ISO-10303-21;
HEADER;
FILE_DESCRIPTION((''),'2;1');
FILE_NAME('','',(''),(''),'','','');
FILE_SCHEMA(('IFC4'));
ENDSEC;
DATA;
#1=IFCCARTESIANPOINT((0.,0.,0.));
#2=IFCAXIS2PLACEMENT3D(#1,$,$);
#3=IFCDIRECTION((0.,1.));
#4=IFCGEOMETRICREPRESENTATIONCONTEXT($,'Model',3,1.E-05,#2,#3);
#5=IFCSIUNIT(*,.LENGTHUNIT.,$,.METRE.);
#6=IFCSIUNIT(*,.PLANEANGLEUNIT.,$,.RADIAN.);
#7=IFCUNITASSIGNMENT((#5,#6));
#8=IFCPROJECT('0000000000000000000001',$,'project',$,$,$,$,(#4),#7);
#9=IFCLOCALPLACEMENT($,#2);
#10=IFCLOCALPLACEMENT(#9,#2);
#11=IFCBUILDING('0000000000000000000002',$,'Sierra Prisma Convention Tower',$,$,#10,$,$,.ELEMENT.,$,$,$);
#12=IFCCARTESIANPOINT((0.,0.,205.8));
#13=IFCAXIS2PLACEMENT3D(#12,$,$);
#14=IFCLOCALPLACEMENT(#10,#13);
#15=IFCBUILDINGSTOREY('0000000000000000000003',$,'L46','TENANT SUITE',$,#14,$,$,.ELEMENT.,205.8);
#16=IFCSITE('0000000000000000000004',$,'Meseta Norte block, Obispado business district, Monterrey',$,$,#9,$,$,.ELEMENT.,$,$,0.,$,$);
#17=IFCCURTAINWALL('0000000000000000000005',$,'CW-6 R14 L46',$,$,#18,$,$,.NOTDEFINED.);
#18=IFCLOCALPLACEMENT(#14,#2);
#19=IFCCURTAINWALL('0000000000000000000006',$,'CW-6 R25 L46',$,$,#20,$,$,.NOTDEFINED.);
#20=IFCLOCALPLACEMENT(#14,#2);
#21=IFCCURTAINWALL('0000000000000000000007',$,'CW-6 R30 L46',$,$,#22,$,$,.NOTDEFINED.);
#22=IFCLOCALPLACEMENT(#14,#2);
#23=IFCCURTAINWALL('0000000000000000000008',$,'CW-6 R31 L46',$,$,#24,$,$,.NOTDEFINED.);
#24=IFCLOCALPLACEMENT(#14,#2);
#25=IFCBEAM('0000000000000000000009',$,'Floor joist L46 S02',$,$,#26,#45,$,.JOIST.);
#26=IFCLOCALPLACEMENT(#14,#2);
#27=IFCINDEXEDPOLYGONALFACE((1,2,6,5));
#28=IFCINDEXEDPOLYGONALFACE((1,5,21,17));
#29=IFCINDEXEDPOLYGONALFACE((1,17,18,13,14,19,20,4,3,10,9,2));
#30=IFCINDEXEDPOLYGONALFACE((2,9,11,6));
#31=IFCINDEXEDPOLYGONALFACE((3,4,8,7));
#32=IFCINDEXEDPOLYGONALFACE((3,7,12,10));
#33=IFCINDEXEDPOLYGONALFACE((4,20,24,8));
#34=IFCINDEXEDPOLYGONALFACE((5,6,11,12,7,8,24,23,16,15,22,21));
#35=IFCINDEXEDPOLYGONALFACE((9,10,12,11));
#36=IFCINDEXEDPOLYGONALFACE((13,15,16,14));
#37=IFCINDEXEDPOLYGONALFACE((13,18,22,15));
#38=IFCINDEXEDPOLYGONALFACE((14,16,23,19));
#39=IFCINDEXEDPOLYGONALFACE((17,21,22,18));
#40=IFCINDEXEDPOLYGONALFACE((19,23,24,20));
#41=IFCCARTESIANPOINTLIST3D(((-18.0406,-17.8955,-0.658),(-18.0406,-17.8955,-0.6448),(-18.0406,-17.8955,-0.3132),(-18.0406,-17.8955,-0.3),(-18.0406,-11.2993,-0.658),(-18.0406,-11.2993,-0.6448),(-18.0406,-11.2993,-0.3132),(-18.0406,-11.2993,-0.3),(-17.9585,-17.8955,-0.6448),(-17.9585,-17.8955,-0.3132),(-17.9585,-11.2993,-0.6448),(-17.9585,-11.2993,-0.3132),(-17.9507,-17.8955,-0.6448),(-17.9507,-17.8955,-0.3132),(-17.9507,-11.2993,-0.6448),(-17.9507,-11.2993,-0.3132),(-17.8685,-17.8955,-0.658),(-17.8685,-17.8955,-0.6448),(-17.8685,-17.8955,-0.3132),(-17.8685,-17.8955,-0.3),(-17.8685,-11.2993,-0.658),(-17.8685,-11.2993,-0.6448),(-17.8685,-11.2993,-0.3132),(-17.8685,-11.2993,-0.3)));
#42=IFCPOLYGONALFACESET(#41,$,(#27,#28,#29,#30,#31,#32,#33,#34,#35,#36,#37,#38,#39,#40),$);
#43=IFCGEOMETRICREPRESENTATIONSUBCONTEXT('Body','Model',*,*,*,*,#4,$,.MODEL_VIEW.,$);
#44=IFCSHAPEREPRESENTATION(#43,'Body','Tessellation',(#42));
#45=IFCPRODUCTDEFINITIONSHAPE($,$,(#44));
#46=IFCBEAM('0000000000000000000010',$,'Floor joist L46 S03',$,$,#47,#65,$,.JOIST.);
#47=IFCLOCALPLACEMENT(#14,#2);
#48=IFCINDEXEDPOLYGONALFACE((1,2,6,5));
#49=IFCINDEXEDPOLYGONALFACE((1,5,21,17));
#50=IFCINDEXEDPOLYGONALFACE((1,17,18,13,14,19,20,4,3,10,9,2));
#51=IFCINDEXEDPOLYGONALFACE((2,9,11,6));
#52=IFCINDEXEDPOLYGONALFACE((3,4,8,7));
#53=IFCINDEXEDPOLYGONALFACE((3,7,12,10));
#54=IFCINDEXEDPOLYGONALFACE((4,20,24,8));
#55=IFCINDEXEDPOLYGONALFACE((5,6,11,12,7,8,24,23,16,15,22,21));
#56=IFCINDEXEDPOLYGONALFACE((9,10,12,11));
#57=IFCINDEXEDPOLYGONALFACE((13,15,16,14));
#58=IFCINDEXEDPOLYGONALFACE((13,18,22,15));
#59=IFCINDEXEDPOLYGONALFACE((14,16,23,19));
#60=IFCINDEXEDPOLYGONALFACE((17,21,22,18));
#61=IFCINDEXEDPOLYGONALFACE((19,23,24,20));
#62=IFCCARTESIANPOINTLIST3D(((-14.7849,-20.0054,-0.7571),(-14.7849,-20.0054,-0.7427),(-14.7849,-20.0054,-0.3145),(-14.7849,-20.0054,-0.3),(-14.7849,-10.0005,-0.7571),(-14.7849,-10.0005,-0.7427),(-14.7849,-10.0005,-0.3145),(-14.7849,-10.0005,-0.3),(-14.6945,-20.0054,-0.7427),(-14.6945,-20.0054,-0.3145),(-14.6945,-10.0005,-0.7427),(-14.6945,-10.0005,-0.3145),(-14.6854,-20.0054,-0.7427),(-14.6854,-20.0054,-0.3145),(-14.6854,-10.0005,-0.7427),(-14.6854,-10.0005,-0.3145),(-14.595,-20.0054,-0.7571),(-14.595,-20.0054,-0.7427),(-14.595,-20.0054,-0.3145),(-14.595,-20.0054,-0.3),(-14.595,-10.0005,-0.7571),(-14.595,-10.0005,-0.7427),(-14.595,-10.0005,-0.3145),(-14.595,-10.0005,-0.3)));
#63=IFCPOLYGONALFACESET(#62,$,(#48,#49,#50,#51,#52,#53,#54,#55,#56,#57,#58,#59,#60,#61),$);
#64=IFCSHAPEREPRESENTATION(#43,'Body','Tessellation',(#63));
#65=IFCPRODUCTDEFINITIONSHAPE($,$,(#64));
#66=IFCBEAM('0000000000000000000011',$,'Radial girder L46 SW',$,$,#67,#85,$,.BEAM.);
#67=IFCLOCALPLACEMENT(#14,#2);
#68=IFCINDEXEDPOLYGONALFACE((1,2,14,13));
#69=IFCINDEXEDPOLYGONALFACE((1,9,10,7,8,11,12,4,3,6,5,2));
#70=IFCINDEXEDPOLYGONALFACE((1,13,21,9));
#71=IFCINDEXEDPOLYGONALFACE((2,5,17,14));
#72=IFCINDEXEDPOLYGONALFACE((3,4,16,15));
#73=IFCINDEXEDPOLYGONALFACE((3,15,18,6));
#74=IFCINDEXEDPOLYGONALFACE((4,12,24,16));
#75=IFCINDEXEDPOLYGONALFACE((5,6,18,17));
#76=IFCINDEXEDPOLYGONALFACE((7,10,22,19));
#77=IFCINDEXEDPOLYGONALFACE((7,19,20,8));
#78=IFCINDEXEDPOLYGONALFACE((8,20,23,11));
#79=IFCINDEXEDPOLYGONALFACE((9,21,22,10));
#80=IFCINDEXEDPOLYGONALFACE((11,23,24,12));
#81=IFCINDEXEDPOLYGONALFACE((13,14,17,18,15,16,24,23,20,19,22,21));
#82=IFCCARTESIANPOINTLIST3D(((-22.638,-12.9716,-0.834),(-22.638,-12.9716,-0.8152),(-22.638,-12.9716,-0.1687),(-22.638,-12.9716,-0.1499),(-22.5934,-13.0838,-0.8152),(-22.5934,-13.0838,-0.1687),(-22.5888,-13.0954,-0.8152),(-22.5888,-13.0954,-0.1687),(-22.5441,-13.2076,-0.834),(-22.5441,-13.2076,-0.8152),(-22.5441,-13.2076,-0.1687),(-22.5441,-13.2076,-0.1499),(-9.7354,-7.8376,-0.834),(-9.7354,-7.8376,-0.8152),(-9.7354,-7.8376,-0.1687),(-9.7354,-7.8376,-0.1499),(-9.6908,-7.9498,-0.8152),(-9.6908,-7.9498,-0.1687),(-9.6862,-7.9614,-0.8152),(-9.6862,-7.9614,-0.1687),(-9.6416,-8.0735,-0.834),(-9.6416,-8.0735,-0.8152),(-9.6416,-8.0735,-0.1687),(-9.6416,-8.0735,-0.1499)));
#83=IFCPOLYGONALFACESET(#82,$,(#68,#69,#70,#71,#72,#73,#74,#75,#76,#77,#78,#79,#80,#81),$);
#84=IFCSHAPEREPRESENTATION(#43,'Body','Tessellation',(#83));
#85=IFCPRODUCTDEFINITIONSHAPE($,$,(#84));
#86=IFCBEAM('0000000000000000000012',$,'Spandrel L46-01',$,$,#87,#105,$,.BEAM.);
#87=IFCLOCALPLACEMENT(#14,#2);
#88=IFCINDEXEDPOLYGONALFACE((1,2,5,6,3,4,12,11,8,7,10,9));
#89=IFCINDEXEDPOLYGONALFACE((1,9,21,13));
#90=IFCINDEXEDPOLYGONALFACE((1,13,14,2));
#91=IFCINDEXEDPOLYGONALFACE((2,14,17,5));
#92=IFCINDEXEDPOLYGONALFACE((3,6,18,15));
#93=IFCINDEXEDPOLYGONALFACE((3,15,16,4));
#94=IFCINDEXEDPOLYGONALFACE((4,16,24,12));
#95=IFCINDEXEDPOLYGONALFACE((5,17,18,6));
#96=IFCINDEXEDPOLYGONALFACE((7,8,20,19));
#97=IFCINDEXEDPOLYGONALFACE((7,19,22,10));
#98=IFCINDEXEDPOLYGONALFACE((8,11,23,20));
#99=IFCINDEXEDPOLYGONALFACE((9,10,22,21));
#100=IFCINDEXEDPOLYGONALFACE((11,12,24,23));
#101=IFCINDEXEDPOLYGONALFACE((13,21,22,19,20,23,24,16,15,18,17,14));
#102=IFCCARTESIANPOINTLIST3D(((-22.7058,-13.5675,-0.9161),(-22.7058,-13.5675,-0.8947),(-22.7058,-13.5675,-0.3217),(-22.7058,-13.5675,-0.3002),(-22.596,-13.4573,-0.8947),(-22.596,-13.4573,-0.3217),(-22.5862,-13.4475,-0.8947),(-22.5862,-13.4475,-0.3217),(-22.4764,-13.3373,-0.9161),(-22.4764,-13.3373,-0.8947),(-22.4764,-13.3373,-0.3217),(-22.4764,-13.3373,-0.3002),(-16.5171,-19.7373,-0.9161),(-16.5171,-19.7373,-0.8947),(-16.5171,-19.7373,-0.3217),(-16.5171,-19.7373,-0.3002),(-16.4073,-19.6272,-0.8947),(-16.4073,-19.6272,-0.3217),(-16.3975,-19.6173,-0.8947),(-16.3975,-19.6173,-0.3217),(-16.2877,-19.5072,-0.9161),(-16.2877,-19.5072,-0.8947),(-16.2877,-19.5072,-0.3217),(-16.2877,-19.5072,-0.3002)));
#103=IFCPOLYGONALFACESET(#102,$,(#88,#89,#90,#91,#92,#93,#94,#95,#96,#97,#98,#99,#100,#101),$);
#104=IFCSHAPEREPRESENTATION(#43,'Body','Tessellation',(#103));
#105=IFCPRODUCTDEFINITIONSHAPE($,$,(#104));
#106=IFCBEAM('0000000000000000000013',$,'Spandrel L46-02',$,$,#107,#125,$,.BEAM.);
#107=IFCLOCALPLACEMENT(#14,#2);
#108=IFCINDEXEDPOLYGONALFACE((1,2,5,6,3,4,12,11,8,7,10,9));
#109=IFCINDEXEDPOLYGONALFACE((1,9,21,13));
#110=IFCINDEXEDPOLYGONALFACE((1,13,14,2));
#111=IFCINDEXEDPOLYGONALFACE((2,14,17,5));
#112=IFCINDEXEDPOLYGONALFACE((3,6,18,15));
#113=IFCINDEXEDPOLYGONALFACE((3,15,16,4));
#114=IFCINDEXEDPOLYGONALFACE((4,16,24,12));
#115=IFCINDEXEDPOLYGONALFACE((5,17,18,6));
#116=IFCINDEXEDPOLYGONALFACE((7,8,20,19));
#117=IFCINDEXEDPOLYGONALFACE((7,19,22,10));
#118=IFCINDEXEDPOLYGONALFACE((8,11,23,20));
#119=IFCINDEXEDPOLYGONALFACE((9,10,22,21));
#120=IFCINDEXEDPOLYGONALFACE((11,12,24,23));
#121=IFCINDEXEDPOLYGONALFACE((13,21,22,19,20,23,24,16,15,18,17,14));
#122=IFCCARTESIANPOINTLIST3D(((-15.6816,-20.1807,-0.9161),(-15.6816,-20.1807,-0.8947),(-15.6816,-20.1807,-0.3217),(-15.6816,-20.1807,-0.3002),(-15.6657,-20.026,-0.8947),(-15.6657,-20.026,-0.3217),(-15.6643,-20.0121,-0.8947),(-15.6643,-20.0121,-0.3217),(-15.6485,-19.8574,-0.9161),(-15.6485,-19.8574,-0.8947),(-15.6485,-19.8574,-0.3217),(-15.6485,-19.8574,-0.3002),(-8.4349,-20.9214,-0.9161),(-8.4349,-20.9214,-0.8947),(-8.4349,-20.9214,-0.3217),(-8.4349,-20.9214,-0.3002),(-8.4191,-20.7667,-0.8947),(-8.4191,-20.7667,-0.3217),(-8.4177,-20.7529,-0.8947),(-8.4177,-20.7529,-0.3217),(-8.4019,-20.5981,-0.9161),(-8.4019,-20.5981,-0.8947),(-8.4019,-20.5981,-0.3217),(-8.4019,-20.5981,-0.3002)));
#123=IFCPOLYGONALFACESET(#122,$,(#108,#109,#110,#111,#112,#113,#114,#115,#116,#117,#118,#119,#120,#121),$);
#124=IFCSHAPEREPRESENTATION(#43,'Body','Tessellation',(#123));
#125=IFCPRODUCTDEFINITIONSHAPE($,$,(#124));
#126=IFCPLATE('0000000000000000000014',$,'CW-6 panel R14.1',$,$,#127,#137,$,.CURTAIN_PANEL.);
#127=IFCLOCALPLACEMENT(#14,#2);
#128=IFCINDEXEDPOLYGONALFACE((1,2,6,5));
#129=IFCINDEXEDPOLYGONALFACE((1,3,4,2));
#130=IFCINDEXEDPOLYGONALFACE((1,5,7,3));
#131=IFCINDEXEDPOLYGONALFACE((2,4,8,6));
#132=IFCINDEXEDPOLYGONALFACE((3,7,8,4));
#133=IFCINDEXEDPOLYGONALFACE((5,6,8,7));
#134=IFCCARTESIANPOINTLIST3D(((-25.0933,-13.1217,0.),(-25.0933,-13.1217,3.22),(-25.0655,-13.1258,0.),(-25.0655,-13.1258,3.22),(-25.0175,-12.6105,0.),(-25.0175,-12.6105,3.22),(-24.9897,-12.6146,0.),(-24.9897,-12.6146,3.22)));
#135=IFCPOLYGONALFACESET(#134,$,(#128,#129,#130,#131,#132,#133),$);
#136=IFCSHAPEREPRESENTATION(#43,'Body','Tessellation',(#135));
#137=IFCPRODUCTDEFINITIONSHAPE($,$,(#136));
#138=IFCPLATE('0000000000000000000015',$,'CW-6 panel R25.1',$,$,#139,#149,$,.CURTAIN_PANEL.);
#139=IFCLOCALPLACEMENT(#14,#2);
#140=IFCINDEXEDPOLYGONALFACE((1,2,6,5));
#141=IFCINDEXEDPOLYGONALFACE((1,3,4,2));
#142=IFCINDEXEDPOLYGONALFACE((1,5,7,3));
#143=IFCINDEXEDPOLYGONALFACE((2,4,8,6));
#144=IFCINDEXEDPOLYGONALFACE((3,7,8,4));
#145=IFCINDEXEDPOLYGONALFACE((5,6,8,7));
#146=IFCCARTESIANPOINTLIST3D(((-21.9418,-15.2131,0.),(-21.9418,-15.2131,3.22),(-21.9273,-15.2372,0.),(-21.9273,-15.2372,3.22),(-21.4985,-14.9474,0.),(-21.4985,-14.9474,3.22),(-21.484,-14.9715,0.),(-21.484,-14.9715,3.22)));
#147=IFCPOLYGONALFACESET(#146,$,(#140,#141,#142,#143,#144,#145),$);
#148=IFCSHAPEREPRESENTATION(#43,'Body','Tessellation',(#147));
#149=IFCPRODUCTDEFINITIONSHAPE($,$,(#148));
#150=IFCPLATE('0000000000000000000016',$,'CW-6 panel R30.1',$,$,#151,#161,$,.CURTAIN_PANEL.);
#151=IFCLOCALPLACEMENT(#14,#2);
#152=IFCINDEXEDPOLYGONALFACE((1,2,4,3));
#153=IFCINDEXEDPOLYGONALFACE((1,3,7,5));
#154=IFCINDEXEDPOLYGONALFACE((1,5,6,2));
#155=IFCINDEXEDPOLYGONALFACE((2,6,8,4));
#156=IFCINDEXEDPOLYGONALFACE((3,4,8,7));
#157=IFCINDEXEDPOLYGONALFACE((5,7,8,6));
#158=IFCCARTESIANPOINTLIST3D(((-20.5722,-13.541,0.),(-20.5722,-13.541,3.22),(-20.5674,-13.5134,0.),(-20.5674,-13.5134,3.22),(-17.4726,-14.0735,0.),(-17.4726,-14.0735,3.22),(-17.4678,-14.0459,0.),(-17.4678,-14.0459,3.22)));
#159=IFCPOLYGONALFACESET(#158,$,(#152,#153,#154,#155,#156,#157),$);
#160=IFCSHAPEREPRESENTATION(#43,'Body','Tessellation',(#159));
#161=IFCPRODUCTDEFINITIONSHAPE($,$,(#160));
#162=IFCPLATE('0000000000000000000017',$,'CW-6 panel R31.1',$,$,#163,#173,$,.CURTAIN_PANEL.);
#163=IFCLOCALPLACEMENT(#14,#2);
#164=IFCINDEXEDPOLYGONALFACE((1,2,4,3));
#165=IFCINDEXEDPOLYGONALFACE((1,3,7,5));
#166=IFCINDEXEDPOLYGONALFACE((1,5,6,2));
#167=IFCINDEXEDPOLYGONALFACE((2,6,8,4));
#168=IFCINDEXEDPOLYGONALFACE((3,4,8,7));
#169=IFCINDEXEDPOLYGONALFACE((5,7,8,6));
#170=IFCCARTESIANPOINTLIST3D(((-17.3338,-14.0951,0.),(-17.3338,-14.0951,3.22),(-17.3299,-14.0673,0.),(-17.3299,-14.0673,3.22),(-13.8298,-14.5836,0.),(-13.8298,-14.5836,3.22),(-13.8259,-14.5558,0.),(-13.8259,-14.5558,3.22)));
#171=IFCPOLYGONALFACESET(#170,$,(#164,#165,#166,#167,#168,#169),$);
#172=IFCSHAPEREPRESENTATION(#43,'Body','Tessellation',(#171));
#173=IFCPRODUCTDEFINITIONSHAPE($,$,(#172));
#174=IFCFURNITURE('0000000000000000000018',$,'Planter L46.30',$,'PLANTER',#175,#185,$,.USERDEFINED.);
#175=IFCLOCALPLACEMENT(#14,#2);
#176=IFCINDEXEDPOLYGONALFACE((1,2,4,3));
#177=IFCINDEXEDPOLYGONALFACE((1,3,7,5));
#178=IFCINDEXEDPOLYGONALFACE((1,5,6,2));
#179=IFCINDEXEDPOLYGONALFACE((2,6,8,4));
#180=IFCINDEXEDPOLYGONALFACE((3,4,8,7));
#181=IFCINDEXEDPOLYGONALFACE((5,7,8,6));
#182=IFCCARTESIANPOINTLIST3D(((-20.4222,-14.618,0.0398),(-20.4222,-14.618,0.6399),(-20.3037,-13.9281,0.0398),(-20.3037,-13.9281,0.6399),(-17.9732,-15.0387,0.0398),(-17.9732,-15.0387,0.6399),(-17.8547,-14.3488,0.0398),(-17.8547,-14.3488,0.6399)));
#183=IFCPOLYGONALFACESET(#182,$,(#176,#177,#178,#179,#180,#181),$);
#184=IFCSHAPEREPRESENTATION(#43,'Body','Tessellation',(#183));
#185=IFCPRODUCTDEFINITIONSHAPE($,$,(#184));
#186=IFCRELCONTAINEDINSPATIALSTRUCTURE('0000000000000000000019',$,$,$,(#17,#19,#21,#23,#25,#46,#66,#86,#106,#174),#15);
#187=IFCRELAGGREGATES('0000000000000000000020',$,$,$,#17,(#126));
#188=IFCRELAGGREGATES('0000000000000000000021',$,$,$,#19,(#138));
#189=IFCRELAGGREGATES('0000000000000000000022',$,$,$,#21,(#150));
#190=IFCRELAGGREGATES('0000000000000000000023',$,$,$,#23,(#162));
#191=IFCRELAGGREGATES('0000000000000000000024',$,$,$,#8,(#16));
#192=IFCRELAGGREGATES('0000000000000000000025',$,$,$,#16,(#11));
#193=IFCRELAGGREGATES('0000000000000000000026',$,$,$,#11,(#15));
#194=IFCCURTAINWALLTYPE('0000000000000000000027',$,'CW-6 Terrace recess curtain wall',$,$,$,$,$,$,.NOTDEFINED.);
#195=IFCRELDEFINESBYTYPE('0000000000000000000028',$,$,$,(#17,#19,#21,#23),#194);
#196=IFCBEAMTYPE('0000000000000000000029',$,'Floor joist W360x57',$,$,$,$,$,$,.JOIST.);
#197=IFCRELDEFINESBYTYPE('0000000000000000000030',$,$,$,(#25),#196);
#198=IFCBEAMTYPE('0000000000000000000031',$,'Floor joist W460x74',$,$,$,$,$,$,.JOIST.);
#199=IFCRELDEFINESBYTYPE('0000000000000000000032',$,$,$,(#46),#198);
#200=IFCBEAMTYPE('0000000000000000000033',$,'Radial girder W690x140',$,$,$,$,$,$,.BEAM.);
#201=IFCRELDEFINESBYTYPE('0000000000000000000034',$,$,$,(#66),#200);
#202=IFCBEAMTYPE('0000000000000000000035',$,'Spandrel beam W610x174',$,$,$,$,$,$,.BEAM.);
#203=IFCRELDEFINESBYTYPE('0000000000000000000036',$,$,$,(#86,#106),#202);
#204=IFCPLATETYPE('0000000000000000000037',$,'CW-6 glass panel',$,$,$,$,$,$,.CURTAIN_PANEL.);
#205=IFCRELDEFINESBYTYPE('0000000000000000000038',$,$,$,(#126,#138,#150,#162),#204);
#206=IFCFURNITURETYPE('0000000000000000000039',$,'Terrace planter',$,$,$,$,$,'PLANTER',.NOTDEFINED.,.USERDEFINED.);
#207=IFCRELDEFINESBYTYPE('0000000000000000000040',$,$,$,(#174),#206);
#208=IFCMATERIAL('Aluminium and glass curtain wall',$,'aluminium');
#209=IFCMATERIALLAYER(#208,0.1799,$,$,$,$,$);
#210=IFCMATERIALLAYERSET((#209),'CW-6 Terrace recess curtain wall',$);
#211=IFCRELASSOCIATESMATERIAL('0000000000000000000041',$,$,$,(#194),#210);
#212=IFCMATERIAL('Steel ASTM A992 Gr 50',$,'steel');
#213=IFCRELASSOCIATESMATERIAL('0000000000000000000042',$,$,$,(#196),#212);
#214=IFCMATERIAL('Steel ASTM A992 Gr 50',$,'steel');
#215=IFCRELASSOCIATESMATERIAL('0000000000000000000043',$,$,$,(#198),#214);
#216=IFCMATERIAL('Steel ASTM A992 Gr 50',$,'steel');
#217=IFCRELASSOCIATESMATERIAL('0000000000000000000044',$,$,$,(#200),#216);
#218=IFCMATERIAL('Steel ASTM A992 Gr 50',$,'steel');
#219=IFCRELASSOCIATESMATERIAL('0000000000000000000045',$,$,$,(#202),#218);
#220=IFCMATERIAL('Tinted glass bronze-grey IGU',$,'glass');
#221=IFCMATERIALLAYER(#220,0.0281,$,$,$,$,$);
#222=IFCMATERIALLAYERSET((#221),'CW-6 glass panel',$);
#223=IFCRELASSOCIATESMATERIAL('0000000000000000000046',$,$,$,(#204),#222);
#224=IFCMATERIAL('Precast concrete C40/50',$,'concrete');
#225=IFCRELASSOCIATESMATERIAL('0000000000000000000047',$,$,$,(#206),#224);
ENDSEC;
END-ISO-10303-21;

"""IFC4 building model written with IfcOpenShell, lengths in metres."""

from ifc_helpers import new_model, si_unit, direction, frame, origin, origin_2d, place, context, subcontext, project, spatial, rectangle, i_section, extrude, material, layer, layer_set, material_profile, profile_set, type_object, element, aggregate, save


model = new_model("IFC4")

# Units and contexts
model_context = context("Model", 3, precision=1e-05, world=origin(), true_north=direction((0.0, 1.0)))
body_context = subcontext(model_context, "Body", "Model", "MODEL_VIEW")
ifc_project = project(units=[si_unit("LENGTHUNIT", "METRE"), si_unit("PLANEANGLEUNIT", "RADIAN")], contexts=[model_context])

# Site, building, storey
site_placement = place(None, origin())
site = spatial("IfcSite", under=ifc_project, at=site_placement, Name="Meseta Norte block, Obispado business district, Monterrey", CompositionType="ELEMENT", RefElevation=0.0)
building_placement = place(site_placement, origin())
building = spatial("IfcBuilding", under=site, at=building_placement, Name="Sierra Prisma Convention Tower", CompositionType="ELEMENT")
storey_placement = place(building_placement, frame((0.0, 0.0, 205.8)))
storey = spatial("IfcBuildingStorey", under=building, at=storey_placement, Name="L46", Description="TENANT SUITE", CompositionType="ELEMENT", Elevation=205.8)

# Curtain walls
ifc_material_1 = material(Name="Aluminium and glass curtain wall", Category="aluminium")
ifc_layer_1 = layer(ifc_material_1, 0.1799)
ifc_layer_set_1 = layer_set([ifc_layer_1], Name="CW-6 Terrace recess curtain wall")
curtain_wall_type = type_object("IfcCurtainWallType", Name="CW-6 Terrace recess curtain wall", PredefinedType="NOTDEFINED", material=ifc_layer_set_1)
curtain_wall_1_placement = place(storey_placement, origin())
curtain_wall_1 = element("IfcCurtainWall", 1, at=curtain_wall_1_placement, inside=storey, type_object=curtain_wall_type, Name="CW-6 R14 L46", PredefinedType="NOTDEFINED")
curtain_wall_2_placement = place(storey_placement, origin())
curtain_wall_2 = element("IfcCurtainWall", 2, at=curtain_wall_2_placement, inside=storey, type_object=curtain_wall_type, Name="CW-6 R25 L46", PredefinedType="NOTDEFINED")
curtain_wall_3_placement = place(storey_placement, origin())
curtain_wall_3 = element("IfcCurtainWall", 3, at=curtain_wall_3_placement, inside=storey, type_object=curtain_wall_type, Name="CW-6 R30 L46", PredefinedType="NOTDEFINED")
curtain_wall_4_placement = place(storey_placement, origin())
curtain_wall_4 = element("IfcCurtainWall", 4, at=curtain_wall_4_placement, inside=storey, type_object=curtain_wall_type, Name="CW-6 R31 L46", PredefinedType="NOTDEFINED")

# Beams
ifc_material_2 = material(Name="Steel ASTM A992 Gr 50", Category="steel")
ifc_material_profile_1 = material_profile(ifc_material_2, i_section(OverallWidth=0.1721, OverallDepth=0.3579, WebThickness=0.0078, FlangeThickness=0.0132, at=origin_2d()), Name="W360x57")
ifc_profile_set_1 = profile_set([ifc_material_profile_1], Name="Steel ASTM A992 Gr 50")
beam_type_1 = type_object("IfcBeamType", Name="Floor joist W360x57", PredefinedType="JOIST", material=ifc_profile_set_1)
beam_1_placement = place(storey_placement, frame((-17.9546, -17.8955, -0.479), z_axis=(0.0, 1.0, 0.0), x_axis=(-1.0, 0.0, 0.0)))
element("IfcBeam", 5, at=beam_1_placement, inside=storey, type_object=beam_type_1, Name="Floor joist L46 S02", PredefinedType="JOIST", context=body_context, shape_type="SweptSolid", body=[
    extrude(i_section(OverallWidth=0.1721, OverallDepth=0.3579, WebThickness=0.0078, FlangeThickness=0.0132, at=origin_2d()), origin(), (0.0, 0.0, 1.0), 6.5962),
])
ifc_material_3 = material(Name="Steel ASTM A992 Gr 50", Category="steel")
ifc_material_profile_2 = material_profile(ifc_material_3, i_section(OverallWidth=0.1899, OverallDepth=0.457, WebThickness=0.009, FlangeThickness=0.0144, at=origin_2d()), Name="W460x74")
ifc_profile_set_2 = profile_set([ifc_material_profile_2], Name="Steel ASTM A992 Gr 50")
beam_type_2 = type_object("IfcBeamType", Name="Floor joist W460x74", PredefinedType="JOIST", material=ifc_profile_set_2)
beam_2_placement = place(storey_placement, frame((-14.6899, -20.0054, -0.5286), z_axis=(0.0, 1.0, 0.0), x_axis=(-1.0, 0.0, 0.0)))
element("IfcBeam", 6, at=beam_2_placement, inside=storey, type_object=beam_type_2, Name="Floor joist L46 S03", PredefinedType="JOIST", context=body_context, shape_type="SweptSolid", body=[
    extrude(i_section(OverallWidth=0.1899, OverallDepth=0.457, WebThickness=0.009, FlangeThickness=0.0144, at=origin_2d()), origin(), (0.0, 0.0, 1.0), 10.0049),
])
ifc_material_4 = material(Name="Steel ASTM A992 Gr 50", Category="steel")
ifc_material_profile_3 = material_profile(ifc_material_4, i_section(OverallWidth=0.2539, OverallDepth=0.6841, WebThickness=0.0125, FlangeThickness=0.0188, at=origin_2d()), Name="W690x140")
ifc_profile_set_3 = profile_set([ifc_material_profile_3], Name="Steel ASTM A992 Gr 50")
beam_type_3 = type_object("IfcBeamType", Name="Radial girder W690x140", PredefinedType="BEAM", material=ifc_profile_set_3)
beam_3_placement = place(storey_placement, frame((-22.5911, -13.0896, -0.4919), z_axis=(0.929146, 0.369714, 0.0), x_axis=(-0.369714, 0.929146, 0.0)))
element("IfcBeam", 7, at=beam_3_placement, inside=storey, type_object=beam_type_3, Name="Radial girder L46 SW", PredefinedType="BEAM", context=body_context, shape_type="SweptSolid", body=[
    extrude(i_section(OverallWidth=0.2539, OverallDepth=0.6841, WebThickness=0.0125, FlangeThickness=0.0188, at=origin_2d()), origin(), (0.0, 0.0, 1.0), 13.8865),
])
ifc_material_5 = material(Name="Steel ASTM A992 Gr 50", Category="steel")
ifc_material_profile_4 = material_profile(ifc_material_5, i_section(OverallWidth=0.325, OverallDepth=0.616, WebThickness=0.0139, FlangeThickness=0.0215, at=origin_2d()), Name="W610x174")
ifc_profile_set_4 = profile_set([ifc_material_profile_4], Name="Steel ASTM A992 Gr 50")
beam_type_4 = type_object("IfcBeamType", Name="Spandrel beam W610x174", PredefinedType="BEAM", material=ifc_profile_set_4)
beam_4_placement = place(storey_placement, frame((-22.5911, -13.4524, -0.6082), z_axis=(0.708182, -0.70603, 0.0), x_axis=(0.70603, 0.708182, 0.0)))
element("IfcBeam", 8, at=beam_4_placement, inside=storey, type_object=beam_type_4, Name="Spandrel L46-01", PredefinedType="BEAM", context=body_context, shape_type="SweptSolid", body=[
    extrude(i_section(OverallWidth=0.325, OverallDepth=0.616, WebThickness=0.0139, FlangeThickness=0.0215, at=origin_2d()), origin(), (0.0, 0.0, 1.0), 8.7388),
])
beam_5_placement = place(storey_placement, frame((-15.665, -20.019, -0.6082), z_axis=(0.994816, -0.101687, 0.0), x_axis=(0.101687, 0.994816, 0.0)))
element("IfcBeam", 9, at=beam_5_placement, inside=storey, type_object=beam_type_4, Name="Spandrel L46-02", PredefinedType="BEAM", context=body_context, shape_type="SweptSolid", body=[
    extrude(i_section(OverallWidth=0.325, OverallDepth=0.616, WebThickness=0.0139, FlangeThickness=0.0215, at=origin_2d()), origin(), (0.0, 0.0, 1.0), 7.2844),
])

# Plates
ifc_material_6 = material(Name="Tinted glass bronze-grey IGU", Category="glass")
ifc_layer_2 = layer(ifc_material_6, 0.0281)
ifc_layer_set_2 = layer_set([ifc_layer_2], Name="CW-6 glass panel")
plate_type = type_object("IfcPlateType", Name="CW-6 glass panel", PredefinedType="CURTAIN_PANEL", material=ifc_layer_set_2)
plate_1_placement = place(storey_placement, frame((-25.0415, -12.8682, 0.0), z_axis=(0.0, 0.0, 1.0), x_axis=(-0.14673, -0.989177, 0.0)))
plate_1 = element("IfcPlate", 10, at=plate_1_placement, type_object=plate_type, Name="CW-6 panel R14.1", PredefinedType="CURTAIN_PANEL", context=body_context, shape_type="SweptSolid", body=[
    extrude(rectangle(XDim=0.5168, YDim=0.0281, at=origin_2d()), origin(), (0.0, 0.0, 1.0), 3.22),
])
aggregate(curtain_wall_1, [plate_1])
plate_2_placement = place(storey_placement, frame((-21.7129, -15.0923, 0.0), z_axis=(0.0, 0.0, 1.0), x_axis=(0.857729, 0.514103, 0.0)))
plate_2 = element("IfcPlate", 11, at=plate_2_placement, type_object=plate_type, Name="CW-6 panel R25.1", PredefinedType="CURTAIN_PANEL", context=body_context, shape_type="SweptSolid", body=[
    extrude(rectangle(XDim=0.5168, YDim=0.0281, at=origin_2d()), origin(), (0.0, 0.0, 1.0), 3.22),
])
aggregate(curtain_wall_2, [plate_2])
plate_3_placement = place(storey_placement, frame((-19.02, -13.7935, 0.0), z_axis=(0.0, 0.0, 1.0), x_axis=(0.985563, -0.169311, 0.0)))
plate_3 = element("IfcPlate", 12, at=plate_3_placement, type_object=plate_type, Name="CW-6 panel R30.1", PredefinedType="CURTAIN_PANEL", context=body_context, shape_type="SweptSolid", body=[
    extrude(rectangle(XDim=3.145, YDim=0.0281, at=origin_2d()), origin(), (0.0, 0.0, 1.0), 3.22),
])
aggregate(curtain_wall_3, [plate_3])
plate_4_placement = place(storey_placement, frame((-15.5798, -14.3254, 0.0), z_axis=(0.0, 0.0, 1.0), x_axis=(0.990422, -0.138071, 0.0)))
plate_4 = element("IfcPlate", 13, at=plate_4_placement, type_object=plate_type, Name="CW-6 panel R31.1", PredefinedType="CURTAIN_PANEL", context=body_context, shape_type="SweptSolid", body=[
    extrude(rectangle(XDim=3.5378, YDim=0.0281, at=origin_2d()), origin(), (0.0, 0.0, 1.0), 3.22),
])
aggregate(curtain_wall_4, [plate_4])

# Furniture
ifc_material_7 = material(Name="Precast concrete C40/50", Category="concrete")
furniture_type = type_object("IfcFurnitureType", Name="Terrace planter", ElementType="PLANTER", AssemblyPlace="NOTDEFINED", PredefinedType="USERDEFINED", material=ifc_material_7)
furniture_1_placement = place(storey_placement, frame((-19.1384, -14.4834, 0.0398), z_axis=(0.0, 0.0, 1.0), x_axis=(0.985563, -0.169311, 0.0)))
element("IfcFurniture", 14, at=furniture_1_placement, inside=storey, type_object=furniture_type, Name="Planter L46.30", ObjectType="PLANTER", PredefinedType="USERDEFINED", context=body_context, shape_type="SweptSolid", body=[
    extrude(rectangle(XDim=2.4849, YDim=0.7, at=origin_2d()), origin(), (0.0, 0.0, 1.0), 0.6001),
])

save(model, "model.ifc")
